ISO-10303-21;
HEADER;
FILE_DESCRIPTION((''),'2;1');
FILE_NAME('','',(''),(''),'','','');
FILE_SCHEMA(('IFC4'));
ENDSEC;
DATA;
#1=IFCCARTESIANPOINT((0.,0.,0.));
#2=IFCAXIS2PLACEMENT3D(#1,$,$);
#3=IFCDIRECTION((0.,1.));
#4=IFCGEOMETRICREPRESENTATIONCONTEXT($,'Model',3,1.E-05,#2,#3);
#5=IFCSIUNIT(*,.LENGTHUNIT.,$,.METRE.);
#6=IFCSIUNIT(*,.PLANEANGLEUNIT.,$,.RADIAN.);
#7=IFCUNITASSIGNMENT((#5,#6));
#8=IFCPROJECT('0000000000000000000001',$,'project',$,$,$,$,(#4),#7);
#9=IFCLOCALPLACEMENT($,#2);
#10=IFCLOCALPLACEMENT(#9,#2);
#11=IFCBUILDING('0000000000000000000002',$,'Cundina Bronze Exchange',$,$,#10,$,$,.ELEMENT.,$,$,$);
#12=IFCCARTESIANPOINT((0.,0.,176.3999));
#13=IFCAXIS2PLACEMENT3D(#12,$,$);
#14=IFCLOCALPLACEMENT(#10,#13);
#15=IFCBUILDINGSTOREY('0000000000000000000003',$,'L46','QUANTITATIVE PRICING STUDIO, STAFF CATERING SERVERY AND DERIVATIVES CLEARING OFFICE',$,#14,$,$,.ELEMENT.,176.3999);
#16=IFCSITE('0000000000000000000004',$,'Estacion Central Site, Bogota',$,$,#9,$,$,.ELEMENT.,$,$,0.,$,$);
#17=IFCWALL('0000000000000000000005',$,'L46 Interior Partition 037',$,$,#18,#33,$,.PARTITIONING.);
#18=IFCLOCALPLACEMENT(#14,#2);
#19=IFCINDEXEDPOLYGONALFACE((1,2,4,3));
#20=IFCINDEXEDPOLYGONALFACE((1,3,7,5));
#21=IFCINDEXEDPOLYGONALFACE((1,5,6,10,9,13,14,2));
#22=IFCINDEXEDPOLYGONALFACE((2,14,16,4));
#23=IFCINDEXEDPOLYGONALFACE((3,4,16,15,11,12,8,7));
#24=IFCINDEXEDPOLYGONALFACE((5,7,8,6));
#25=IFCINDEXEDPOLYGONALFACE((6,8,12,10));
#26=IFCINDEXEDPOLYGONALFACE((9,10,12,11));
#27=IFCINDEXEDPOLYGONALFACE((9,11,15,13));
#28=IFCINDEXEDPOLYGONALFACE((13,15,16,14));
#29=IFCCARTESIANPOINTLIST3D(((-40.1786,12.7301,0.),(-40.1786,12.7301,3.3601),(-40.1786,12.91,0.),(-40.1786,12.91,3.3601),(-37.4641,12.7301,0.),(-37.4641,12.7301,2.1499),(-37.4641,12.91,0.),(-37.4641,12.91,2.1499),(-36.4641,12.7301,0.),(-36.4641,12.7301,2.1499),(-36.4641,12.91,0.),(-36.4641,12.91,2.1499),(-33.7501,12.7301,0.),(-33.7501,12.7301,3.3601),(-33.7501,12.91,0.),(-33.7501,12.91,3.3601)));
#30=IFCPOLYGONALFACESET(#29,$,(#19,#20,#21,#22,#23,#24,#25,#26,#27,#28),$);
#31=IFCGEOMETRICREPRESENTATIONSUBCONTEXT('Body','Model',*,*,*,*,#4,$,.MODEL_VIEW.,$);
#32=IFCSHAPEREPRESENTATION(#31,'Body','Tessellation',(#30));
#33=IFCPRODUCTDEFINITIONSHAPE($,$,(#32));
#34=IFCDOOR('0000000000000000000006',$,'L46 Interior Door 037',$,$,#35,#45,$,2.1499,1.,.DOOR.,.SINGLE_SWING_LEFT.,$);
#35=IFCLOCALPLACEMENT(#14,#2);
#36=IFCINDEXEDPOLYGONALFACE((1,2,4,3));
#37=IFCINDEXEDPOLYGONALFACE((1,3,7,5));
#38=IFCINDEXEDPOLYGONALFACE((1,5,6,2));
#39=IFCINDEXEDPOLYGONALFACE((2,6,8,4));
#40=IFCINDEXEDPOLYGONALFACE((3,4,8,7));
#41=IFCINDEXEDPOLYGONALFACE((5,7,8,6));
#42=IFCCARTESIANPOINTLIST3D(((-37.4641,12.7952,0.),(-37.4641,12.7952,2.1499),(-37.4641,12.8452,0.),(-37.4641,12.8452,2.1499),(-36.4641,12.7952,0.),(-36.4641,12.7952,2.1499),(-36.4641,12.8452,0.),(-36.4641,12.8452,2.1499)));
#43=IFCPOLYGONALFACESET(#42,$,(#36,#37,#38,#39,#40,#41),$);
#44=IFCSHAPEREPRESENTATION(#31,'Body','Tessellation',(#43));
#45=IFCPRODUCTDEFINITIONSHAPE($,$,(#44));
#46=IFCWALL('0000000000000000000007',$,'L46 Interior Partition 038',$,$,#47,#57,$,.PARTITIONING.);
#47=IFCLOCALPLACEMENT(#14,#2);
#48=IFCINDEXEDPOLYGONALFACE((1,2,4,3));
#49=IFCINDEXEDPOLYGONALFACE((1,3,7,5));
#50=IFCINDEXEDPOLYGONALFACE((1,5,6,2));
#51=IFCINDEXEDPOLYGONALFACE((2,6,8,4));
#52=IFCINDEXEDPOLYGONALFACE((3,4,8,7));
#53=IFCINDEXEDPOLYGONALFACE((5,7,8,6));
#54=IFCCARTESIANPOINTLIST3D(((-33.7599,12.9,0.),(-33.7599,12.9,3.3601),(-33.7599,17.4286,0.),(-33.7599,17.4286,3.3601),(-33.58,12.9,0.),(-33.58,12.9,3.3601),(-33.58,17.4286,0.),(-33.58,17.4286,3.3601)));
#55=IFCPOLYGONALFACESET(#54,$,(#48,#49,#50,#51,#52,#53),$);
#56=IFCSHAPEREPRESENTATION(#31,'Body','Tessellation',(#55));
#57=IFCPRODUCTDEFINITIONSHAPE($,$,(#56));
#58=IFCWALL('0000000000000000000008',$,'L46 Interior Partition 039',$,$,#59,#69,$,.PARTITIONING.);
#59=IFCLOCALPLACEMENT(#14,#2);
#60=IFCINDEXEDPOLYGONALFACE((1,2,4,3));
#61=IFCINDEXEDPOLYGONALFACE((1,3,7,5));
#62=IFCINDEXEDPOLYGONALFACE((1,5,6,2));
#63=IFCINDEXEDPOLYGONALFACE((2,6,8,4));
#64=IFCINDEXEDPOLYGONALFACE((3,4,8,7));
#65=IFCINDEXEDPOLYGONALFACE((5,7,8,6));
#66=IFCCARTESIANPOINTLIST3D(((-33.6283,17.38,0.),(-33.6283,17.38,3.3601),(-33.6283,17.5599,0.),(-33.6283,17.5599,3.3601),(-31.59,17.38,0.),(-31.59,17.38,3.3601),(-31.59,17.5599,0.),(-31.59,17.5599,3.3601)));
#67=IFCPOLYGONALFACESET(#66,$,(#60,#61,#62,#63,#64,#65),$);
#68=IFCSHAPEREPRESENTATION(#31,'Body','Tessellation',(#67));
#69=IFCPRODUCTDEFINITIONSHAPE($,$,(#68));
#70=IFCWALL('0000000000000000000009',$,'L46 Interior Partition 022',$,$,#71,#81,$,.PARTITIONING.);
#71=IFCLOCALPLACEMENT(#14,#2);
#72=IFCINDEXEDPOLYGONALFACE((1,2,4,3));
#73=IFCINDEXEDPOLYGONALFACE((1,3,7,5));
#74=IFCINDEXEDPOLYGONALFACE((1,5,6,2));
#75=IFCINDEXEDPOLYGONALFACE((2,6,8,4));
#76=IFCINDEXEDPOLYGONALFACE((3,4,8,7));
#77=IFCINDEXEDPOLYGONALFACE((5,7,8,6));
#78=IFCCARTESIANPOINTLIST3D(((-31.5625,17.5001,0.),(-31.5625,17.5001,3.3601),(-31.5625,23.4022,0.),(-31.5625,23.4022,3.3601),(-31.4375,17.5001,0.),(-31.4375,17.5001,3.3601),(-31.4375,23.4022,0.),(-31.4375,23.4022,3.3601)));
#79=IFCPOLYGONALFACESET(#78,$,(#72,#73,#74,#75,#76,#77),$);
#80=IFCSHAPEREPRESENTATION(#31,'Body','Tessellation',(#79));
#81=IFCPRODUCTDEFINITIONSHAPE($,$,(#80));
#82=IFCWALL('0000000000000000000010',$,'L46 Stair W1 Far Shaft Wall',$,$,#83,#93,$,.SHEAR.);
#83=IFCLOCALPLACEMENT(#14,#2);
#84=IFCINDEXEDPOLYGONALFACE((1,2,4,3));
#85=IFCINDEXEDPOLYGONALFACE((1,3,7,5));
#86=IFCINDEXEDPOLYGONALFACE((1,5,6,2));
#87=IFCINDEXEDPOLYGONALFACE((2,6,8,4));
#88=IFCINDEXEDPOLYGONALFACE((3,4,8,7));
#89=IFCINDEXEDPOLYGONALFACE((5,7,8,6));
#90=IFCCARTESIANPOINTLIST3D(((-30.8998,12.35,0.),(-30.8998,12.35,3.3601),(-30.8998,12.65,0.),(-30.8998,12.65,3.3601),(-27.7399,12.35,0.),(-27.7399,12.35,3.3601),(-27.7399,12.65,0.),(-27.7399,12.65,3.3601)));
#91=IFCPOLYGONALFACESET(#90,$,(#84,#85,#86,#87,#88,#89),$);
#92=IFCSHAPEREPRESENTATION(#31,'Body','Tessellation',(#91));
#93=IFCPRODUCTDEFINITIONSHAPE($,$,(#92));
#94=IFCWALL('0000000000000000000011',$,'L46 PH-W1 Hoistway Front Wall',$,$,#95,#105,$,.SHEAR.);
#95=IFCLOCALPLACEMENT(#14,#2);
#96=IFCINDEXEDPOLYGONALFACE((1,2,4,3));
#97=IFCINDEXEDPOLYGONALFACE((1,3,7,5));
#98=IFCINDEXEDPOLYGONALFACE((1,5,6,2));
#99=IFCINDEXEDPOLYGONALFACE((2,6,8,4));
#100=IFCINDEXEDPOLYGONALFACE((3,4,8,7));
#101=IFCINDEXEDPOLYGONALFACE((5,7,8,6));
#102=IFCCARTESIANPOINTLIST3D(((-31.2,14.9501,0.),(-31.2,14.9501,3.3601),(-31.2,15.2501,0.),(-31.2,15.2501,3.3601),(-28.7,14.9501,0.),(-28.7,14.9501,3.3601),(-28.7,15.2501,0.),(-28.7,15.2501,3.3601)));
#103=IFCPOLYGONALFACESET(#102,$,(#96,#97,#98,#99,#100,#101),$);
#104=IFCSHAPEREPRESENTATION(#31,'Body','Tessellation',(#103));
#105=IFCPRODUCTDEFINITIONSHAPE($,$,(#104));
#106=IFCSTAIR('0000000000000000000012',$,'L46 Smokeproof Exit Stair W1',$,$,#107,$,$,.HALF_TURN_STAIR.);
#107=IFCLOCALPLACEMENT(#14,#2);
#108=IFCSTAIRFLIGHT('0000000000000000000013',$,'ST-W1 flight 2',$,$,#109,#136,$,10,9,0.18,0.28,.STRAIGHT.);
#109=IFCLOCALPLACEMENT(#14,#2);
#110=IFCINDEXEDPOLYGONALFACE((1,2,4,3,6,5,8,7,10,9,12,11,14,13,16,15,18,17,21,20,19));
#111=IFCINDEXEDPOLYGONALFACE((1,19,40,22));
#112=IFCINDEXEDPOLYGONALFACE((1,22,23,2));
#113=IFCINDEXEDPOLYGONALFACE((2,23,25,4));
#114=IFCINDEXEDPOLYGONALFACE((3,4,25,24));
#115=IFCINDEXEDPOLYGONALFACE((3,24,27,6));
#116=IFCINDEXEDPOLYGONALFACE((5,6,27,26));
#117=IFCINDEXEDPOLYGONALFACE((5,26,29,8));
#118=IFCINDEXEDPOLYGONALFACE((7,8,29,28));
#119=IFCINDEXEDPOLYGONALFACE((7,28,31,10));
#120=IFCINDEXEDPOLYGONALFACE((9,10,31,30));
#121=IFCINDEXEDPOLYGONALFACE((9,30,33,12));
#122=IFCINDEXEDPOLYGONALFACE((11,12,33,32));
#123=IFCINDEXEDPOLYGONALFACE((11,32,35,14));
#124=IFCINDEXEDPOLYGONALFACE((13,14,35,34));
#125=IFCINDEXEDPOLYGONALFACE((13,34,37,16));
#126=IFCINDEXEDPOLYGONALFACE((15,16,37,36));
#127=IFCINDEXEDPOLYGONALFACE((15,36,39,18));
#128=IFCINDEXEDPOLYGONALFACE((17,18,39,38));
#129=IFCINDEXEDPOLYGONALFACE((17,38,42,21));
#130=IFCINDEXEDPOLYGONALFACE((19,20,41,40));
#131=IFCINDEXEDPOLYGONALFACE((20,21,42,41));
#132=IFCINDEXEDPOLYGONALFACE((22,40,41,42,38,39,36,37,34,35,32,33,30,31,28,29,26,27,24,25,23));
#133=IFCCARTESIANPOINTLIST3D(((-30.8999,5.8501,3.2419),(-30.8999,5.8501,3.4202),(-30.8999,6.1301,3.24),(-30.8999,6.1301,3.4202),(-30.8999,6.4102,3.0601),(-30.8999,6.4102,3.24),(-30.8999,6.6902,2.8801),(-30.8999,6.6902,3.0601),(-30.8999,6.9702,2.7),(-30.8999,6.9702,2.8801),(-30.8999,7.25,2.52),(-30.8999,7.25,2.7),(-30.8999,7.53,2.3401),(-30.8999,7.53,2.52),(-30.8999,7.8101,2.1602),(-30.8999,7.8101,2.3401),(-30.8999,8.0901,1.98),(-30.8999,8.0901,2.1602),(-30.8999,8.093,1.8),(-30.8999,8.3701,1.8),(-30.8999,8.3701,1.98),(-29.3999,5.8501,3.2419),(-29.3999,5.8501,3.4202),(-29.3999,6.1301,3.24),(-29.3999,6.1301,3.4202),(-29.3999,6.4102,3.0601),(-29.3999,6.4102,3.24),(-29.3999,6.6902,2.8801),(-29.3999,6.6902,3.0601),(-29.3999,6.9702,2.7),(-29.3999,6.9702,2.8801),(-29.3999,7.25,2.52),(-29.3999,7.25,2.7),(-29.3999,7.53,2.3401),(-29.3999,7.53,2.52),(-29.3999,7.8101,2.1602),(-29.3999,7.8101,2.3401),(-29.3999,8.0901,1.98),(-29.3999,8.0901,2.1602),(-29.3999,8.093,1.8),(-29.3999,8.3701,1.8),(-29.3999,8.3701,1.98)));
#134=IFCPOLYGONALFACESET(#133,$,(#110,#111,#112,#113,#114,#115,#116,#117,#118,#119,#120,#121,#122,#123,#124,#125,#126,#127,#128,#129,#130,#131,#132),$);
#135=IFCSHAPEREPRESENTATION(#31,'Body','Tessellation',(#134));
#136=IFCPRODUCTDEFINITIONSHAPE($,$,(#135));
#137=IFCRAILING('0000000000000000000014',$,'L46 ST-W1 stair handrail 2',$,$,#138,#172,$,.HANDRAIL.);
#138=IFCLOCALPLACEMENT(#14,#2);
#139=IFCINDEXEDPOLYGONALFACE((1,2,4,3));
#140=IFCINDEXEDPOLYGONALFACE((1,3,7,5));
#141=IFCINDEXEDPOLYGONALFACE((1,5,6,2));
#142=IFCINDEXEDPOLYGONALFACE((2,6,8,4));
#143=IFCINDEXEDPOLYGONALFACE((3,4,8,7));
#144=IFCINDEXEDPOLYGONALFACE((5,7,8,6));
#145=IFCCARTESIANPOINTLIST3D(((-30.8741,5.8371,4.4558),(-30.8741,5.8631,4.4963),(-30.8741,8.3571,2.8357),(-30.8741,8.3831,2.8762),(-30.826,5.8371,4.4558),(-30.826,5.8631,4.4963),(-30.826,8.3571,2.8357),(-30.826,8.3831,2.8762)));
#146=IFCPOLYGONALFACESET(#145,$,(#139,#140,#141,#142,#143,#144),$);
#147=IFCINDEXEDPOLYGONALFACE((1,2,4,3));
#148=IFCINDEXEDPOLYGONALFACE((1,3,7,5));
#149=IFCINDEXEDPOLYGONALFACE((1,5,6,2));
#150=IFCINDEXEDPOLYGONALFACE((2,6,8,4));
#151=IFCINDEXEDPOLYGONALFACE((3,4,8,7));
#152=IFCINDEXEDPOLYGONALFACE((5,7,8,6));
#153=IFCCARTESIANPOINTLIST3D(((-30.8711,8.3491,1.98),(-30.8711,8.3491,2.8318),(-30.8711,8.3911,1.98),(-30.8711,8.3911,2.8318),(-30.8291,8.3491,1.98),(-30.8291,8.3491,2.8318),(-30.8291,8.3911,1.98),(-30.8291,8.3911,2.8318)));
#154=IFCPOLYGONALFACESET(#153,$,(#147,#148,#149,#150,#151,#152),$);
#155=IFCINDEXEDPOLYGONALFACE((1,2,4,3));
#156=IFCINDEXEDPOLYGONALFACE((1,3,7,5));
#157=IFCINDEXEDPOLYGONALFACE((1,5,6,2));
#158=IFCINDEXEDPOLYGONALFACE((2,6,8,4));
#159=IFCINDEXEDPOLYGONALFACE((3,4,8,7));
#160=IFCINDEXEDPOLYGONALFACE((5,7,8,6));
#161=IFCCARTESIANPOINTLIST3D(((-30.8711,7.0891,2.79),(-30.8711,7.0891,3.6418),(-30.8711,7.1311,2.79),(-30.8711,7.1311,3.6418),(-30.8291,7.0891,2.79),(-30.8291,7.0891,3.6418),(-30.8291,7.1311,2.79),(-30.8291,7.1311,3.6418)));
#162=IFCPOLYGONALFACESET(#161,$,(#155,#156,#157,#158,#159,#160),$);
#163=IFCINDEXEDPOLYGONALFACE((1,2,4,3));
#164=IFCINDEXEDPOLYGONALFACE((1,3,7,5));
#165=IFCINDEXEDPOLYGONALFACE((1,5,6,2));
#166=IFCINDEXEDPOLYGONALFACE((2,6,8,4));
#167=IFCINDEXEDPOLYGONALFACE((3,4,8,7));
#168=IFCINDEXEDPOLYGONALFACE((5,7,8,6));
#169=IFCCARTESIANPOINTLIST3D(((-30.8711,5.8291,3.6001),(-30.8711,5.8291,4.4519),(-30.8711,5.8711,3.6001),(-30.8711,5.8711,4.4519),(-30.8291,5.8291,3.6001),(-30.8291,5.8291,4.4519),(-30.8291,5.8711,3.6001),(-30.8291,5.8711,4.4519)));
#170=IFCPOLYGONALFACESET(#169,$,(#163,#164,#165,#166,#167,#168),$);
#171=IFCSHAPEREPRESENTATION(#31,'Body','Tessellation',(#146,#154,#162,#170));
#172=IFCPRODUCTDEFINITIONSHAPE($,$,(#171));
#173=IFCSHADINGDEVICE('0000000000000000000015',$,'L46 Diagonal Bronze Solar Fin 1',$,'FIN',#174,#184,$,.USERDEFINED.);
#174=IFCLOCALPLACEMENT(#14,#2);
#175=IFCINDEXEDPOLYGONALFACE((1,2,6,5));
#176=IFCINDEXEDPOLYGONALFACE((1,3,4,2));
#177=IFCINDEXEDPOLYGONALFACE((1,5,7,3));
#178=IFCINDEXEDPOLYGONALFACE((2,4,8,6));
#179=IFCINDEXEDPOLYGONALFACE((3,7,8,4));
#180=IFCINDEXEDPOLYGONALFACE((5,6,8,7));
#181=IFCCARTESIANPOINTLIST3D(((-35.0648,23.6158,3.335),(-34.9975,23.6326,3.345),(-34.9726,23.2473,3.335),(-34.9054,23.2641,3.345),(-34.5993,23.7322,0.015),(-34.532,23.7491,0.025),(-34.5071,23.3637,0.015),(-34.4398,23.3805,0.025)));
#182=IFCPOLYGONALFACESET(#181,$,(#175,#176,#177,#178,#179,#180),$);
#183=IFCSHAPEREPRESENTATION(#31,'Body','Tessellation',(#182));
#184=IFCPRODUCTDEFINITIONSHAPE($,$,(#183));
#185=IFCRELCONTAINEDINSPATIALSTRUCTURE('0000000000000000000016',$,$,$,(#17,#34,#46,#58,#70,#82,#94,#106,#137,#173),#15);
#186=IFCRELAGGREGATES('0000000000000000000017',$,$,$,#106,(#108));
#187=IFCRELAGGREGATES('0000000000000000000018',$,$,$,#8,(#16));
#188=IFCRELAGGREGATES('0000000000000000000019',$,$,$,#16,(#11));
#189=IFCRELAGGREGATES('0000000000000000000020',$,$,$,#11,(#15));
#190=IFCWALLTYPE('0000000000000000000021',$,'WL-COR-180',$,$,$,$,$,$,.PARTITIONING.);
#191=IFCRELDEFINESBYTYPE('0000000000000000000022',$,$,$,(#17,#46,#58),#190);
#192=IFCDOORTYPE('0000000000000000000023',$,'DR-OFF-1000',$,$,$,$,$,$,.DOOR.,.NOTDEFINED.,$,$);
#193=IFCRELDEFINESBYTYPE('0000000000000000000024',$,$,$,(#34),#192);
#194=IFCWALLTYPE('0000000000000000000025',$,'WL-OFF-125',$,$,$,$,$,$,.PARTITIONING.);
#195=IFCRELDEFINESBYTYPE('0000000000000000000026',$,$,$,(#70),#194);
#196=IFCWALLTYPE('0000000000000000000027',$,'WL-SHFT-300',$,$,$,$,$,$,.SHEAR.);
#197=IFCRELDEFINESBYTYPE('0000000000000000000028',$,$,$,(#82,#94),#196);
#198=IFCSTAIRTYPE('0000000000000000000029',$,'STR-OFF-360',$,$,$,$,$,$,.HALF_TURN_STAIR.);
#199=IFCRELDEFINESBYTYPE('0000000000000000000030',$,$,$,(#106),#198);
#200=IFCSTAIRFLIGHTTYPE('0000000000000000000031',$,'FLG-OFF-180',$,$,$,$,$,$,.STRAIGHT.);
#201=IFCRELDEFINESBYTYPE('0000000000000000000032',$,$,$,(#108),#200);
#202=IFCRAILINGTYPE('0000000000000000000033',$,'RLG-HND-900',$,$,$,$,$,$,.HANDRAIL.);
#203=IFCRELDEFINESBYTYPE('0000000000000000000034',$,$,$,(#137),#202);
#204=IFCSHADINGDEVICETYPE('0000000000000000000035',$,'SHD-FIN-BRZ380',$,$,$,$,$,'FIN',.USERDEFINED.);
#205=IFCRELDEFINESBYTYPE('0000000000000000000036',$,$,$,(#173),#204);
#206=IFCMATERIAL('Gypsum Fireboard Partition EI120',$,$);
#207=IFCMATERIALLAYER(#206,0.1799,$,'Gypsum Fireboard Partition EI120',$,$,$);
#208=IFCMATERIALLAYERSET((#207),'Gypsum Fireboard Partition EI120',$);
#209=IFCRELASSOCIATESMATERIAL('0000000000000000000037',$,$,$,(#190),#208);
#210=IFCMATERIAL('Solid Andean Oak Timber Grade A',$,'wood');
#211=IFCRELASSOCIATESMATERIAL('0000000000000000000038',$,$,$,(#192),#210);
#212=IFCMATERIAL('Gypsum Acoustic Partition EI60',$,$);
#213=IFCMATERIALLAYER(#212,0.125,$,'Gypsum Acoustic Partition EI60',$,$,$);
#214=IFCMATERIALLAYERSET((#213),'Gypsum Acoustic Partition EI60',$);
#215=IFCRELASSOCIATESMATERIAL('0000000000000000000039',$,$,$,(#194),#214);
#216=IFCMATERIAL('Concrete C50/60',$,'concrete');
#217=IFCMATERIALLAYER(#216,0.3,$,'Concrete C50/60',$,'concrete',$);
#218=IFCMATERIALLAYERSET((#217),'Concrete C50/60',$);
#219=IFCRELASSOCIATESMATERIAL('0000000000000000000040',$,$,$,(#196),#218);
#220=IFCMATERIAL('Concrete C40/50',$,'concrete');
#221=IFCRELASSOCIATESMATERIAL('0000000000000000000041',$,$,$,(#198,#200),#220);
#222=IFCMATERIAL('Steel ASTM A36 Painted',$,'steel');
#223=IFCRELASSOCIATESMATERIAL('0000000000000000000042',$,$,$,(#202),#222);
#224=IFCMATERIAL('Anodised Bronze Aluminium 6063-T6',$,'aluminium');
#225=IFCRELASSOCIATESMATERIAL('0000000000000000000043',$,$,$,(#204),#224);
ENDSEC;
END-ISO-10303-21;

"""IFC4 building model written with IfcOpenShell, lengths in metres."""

from ifc_helpers import new_model, si_unit, direction, frame, frame_2d, origin, origin_2d, place, context, subcontext, project, spatial, polyline, rectangle, outline, extrude, material, layer, layer_set, material_profile, profile_set, type_object, element, fill, aggregate, save


model = new_model("IFC4")

# Units and contexts
model_context = context("Model", 3, precision=1e-05, world=origin(), true_north=direction((0.0, 1.0)))
body_context = subcontext(model_context, "Body", "Model", "MODEL_VIEW")
ifc_project = project(units=[si_unit("LENGTHUNIT", "METRE"), si_unit("PLANEANGLEUNIT", "RADIAN")], contexts=[model_context])

# Site, building, storey
site_placement = place(None, origin())
site = spatial("IfcSite", under=ifc_project, at=site_placement, Name="Estacion Central Site, Bogota", CompositionType="ELEMENT", RefElevation=0.0)
building_placement = place(site_placement, origin())
building = spatial("IfcBuilding", under=site, at=building_placement, Name="Cundina Bronze Exchange", CompositionType="ELEMENT")
storey_placement = place(building_placement, frame((0.0, 0.0, 176.3999)))
storey = spatial("IfcBuildingStorey", under=building, at=storey_placement, Name="L46", Description="QUANTITATIVE PRICING STUDIO, STAFF CATERING SERVERY AND DERIVATIVES CLEARING OFFICE", CompositionType="ELEMENT", Elevation=176.3999)

# Shared definitions
ifc_material_1 = material(Name="Concrete C50/60", Category="concrete")

# Shared definitions
ifc_material_2 = material(Name="Anodised Bronze Aluminium 6063-T6", Category="aluminium")

# Shared definitions
ifc_material_3 = material(Name="Gypsum Fireboard Partition EI120")
ifc_layer_1 = layer(ifc_material_3, 0.1799, Name="Gypsum Fireboard Partition EI120")
ifc_layer_set_1 = layer_set([ifc_layer_1], Name="Gypsum Fireboard Partition EI120")
wall_type_1 = type_object("IfcWallType", Name="WL-COR-180", PredefinedType="PARTITIONING", material=ifc_layer_set_1)
ifc_material_4 = material(Name="Solid Andean Oak Timber Grade A", Category="wood")
door_type_1 = type_object("IfcDoorType", Name="DR-OFF-1000", OperationType="NOTDEFINED", PredefinedType="DOOR", material=ifc_material_4)

# Wall, opening, door
wall_1_placement = place(storey_placement, frame((-33.75, 12.8201, 0.0), z_axis=(0.0, 0.0, 1.0), x_axis=(-1.0, 0.0, 0.0)))
wall_1 = element("IfcWall", 1, at=wall_1_placement, inside=storey, type_object=wall_type_1, Name="L46 Interior Partition 037", PredefinedType="PARTITIONING", context=body_context, shape_type="SweptSolid", body=[
    extrude(rectangle(XDim=6.4285, YDim=0.1799, at=frame_2d((3.2144, 0.0))), origin(), (0.0, 0.0, 1.0), 3.3601),
])
opening_1_placement = place(wall_1_placement, frame((2.7141, 0.0, 0.0)))
opening_1 = element("IfcOpeningElement", 2, at=opening_1_placement, cuts=wall_1, PredefinedType="OPENING", context=body_context, shape_type="SweptSolid", body=[
    extrude(rectangle(XDim=1.0, YDim=2.1499, at=frame_2d((0.5, 1.075))), frame((0.0, 0.0999, 0.0), z_axis=(0.0, -1.0, 0.0), x_axis=(1.0, 0.0, 0.0)), (0.0, 0.0, 1.0), 0.2),
])
door_1_placement = place(opening_1_placement, origin())
door_1 = element("IfcDoor", 3, at=door_1_placement, inside=storey, type_object=door_type_1, Name="L46 Interior Door 037", OperationType="SINGLE_SWING_LEFT", OverallHeight=2.1499, OverallWidth=1.0, PredefinedType="DOOR", context=body_context, shape_type="SweptSolid", body=[
    extrude(rectangle(XDim=1.0, YDim=2.1499, at=frame_2d((0.5, 1.075))), frame((0.0, 0.0249, 0.0), z_axis=(0.0, -1.0, 0.0), x_axis=(1.0, 0.0, 0.0)), (0.0, 0.0, 1.0), 0.05),
])
fill(opening_1, door_1)

# Walls
wall_2_placement = place(storey_placement, frame((-33.6699, 17.4285, 0.0), z_axis=(0.0, 0.0, 1.0), x_axis=(0.0, -1.0, 0.0)))
element("IfcWall", 4, at=wall_2_placement, inside=storey, type_object=wall_type_1, Name="L46 Interior Partition 038", PredefinedType="PARTITIONING", context=body_context, shape_type="SweptSolid", body=[
    extrude(rectangle(XDim=4.5286, YDim=0.1799, at=frame_2d((2.2642, 0.0))), origin(), (0.0, 0.0, 1.0), 3.3601),
])
wall_3_placement = place(storey_placement, frame((-31.5901, 17.47, 0.0), z_axis=(0.0, 0.0, 1.0), x_axis=(-1.0, 0.0, 0.0)))
element("IfcWall", 5, at=wall_3_placement, inside=storey, type_object=wall_type_1, Name="L46 Interior Partition 039", PredefinedType="PARTITIONING", context=body_context, shape_type="SweptSolid", body=[
    extrude(rectangle(XDim=2.0383, YDim=0.1799, at=frame_2d((1.019, 0.0))), origin(), (0.0, 0.0, 1.0), 3.3601),
])
ifc_material_5 = material(Name="Gypsum Acoustic Partition EI60")
ifc_layer_2 = layer(ifc_material_5, 0.125, Name="Gypsum Acoustic Partition EI60")
ifc_layer_set_2 = layer_set([ifc_layer_2], Name="Gypsum Acoustic Partition EI60")
wall_type_2 = type_object("IfcWallType", Name="WL-OFF-125", PredefinedType="PARTITIONING", material=ifc_layer_set_2)
wall_4_placement = place(storey_placement, frame((-31.5, 17.5, 0.0), z_axis=(0.0, 0.0, 1.0), x_axis=(0.0, 1.0, 0.0)))
element("IfcWall", 6, at=wall_4_placement, inside=storey, type_object=wall_type_2, Name="L46 Interior Partition 022", PredefinedType="PARTITIONING", context=body_context, shape_type="SweptSolid", body=[
    extrude(rectangle(XDim=5.9021, YDim=0.125, at=frame_2d((2.9512, 0.0))), origin(), (0.0, 0.0, 1.0), 3.3601),
])

# Shared definitions
ifc_layer_3 = layer(ifc_material_1, 0.3, Name="Concrete C50/60", Category="concrete")
ifc_layer_set_3 = layer_set([ifc_layer_3], Name="Concrete C50/60")
wall_type_3 = type_object("IfcWallType", Name="WL-SHFT-300", PredefinedType="SHEAR", material=ifc_layer_set_3)
ifc_material_6 = material(Name="Steel ASTM A36 Painted", Category="steel")

# Walls
wall_5_placement = place(storey_placement, frame((-30.8999, 12.5, 0.0), z_axis=(0.0, 0.0, 1.0), x_axis=(1.0, 0.0, 0.0)))
element("IfcWall", 7, at=wall_5_placement, inside=storey, type_object=wall_type_3, Name="L46 Stair W1 Far Shaft Wall", PredefinedType="SHEAR", context=body_context, shape_type="SweptSolid", body=[
    extrude(rectangle(XDim=3.1599, YDim=0.3, at=frame_2d((1.5801, 0.0))), origin(), (0.0, 0.0, 1.0), 3.3601),
])
wall_6_placement = place(storey_placement, frame((-31.2, 15.1001, 0.0), z_axis=(0.0, 0.0, 1.0), x_axis=(1.0, 0.0, 0.0)))
element("IfcWall", 8, at=wall_6_placement, inside=storey, type_object=wall_type_3, Name="L46 PH-W1 Hoistway Front Wall", PredefinedType="SHEAR", context=body_context, shape_type="SweptSolid", body=[
    extrude(rectangle(XDim=2.5, YDim=0.3, at=frame_2d((1.25, 0.0))), origin(), (0.0, 0.0, 1.0), 3.3601),
])

# Stair, stair flight
ifc_material_7 = material(Name="Concrete C40/50", Category="concrete")
stair_type = type_object("IfcStairType", Name="STR-OFF-360", PredefinedType="HALF_TURN_STAIR", material=ifc_material_7)
stair_placement = place(storey_placement, origin())
stair = element("IfcStair", 9, at=stair_placement, inside=storey, type_object=stair_type, Name="L46 Smokeproof Exit Stair W1", PredefinedType="HALF_TURN_STAIR")
stair_flight_type = type_object("IfcStairFlightType", Name="FLG-OFF-180", PredefinedType="STRAIGHT", material=ifc_material_7)
stair_flight_placement = place(storey_placement, frame((-30.1499, 8.3701, 1.8), z_axis=(0.0, 0.0, 1.0), x_axis=(0.0, -1.0, 0.0)))
stair_flight = element("IfcStairFlight", 10, at=stair_flight_placement, type_object=stair_flight_type, Name="ST-W1 flight 2", NumberOfRisers=10, NumberOfTreads=9, PredefinedType="STRAIGHT", RiserHeight=0.18, TreadLength=0.28, context=body_context, shape_type="SweptSolid", body=[
    extrude(outline(polyline([(0.0, 0.0), (0.0, 0.1799), (0.28, 0.1799), (0.28, 0.3601), (0.5601, 0.3601), (0.5601, 0.54), (0.8401, 0.54), (0.8401, 0.72), (1.1201, 0.72), (1.1201, 0.8999), (1.3999, 0.8999), (1.3999, 1.0801), (1.6799, 1.0801), (1.6799, 1.26), (1.96, 1.26), (1.96, 1.4399), (2.24, 1.4399), (2.24, 1.6201), (2.52, 1.6201), (2.52, 1.8), (2.52, 1.4419), (0.2771, 0.0), (0.0, 0.0)])), frame((0.0, 0.75, 0.0), z_axis=(0.0, -1.0, 0.0), x_axis=(1.0, 0.0, 0.0)), (0.0, 0.0, 1.0), 1.5),
])
aggregate(stair, [stair_flight])

# Railing
railing_type = type_object("IfcRailingType", Name="RLG-HND-900", PredefinedType="HANDRAIL", material=ifc_material_6)
railing_placement = place(storey_placement, frame((-30.8501, 8.3701, 1.98)))
element("IfcRailing", 11, at=railing_placement, inside=storey, type_object=railing_type, Name="L46 ST-W1 stair handrail 2", PredefinedType="HANDRAIL", context=body_context, shape_type="SweptSolid", body=[
    extrude(rectangle(XDim=0.0481, YDim=0.0481, at=origin_2d()), frame((0.0, 0.0, 0.876), z_axis=(0.0, -0.841163, 0.540782), x_axis=(1.0, 0.0, 0.0)), (0.0, 0.0, 1.0), 2.9958),
    extrude(rectangle(XDim=0.042, YDim=0.042, at=origin_2d()), origin(), (0.0, 0.0, 1.0), 0.8518),
    extrude(rectangle(XDim=0.042, YDim=0.042, at=origin_2d()), frame((0.0, -1.26, 0.8101)), (0.0, 0.0, 1.0), 0.8518),
    extrude(rectangle(XDim=0.042, YDim=0.042, at=origin_2d()), frame((0.0, -2.52, 1.6201)), (0.0, 0.0, 1.0), 0.8518),
])

# Shading device
ifc_material_profile_1 = material_profile(ifc_material_2, rectangle(XDim=0.0701, YDim=0.3799, at=origin_2d()), Name="FIN70X380", Category="aluminium")
ifc_profile_set_1 = profile_set([ifc_material_profile_1], Name="Anodised Bronze Aluminium 6063-T6")
shading_device_type = type_object("IfcShadingDeviceType", Name="SHD-FIN-BRZ380", ElementType="FIN", PredefinedType="USERDEFINED", material=ifc_profile_set_1)
shading_device_placement = place(storey_placement, frame((-34.5195, 23.5564, 0.02), z_axis=(-0.138788, -0.034715, 0.989713), x_axis=(0.960133, 0.240159, 0.143064)))
element("IfcShadingDevice", 12, at=shading_device_placement, inside=storey, type_object=shading_device_type, Name="L46 Diagonal Bronze Solar Fin 1", ObjectType="FIN", PredefinedType="USERDEFINED", context=body_context, shape_type="SweptSolid", body=[
    extrude(rectangle(XDim=0.0701, YDim=0.3799, at=origin_2d()), origin(), (0.0, 0.0, 1.0), 3.3545),
])

save(model, "model.ifc")
